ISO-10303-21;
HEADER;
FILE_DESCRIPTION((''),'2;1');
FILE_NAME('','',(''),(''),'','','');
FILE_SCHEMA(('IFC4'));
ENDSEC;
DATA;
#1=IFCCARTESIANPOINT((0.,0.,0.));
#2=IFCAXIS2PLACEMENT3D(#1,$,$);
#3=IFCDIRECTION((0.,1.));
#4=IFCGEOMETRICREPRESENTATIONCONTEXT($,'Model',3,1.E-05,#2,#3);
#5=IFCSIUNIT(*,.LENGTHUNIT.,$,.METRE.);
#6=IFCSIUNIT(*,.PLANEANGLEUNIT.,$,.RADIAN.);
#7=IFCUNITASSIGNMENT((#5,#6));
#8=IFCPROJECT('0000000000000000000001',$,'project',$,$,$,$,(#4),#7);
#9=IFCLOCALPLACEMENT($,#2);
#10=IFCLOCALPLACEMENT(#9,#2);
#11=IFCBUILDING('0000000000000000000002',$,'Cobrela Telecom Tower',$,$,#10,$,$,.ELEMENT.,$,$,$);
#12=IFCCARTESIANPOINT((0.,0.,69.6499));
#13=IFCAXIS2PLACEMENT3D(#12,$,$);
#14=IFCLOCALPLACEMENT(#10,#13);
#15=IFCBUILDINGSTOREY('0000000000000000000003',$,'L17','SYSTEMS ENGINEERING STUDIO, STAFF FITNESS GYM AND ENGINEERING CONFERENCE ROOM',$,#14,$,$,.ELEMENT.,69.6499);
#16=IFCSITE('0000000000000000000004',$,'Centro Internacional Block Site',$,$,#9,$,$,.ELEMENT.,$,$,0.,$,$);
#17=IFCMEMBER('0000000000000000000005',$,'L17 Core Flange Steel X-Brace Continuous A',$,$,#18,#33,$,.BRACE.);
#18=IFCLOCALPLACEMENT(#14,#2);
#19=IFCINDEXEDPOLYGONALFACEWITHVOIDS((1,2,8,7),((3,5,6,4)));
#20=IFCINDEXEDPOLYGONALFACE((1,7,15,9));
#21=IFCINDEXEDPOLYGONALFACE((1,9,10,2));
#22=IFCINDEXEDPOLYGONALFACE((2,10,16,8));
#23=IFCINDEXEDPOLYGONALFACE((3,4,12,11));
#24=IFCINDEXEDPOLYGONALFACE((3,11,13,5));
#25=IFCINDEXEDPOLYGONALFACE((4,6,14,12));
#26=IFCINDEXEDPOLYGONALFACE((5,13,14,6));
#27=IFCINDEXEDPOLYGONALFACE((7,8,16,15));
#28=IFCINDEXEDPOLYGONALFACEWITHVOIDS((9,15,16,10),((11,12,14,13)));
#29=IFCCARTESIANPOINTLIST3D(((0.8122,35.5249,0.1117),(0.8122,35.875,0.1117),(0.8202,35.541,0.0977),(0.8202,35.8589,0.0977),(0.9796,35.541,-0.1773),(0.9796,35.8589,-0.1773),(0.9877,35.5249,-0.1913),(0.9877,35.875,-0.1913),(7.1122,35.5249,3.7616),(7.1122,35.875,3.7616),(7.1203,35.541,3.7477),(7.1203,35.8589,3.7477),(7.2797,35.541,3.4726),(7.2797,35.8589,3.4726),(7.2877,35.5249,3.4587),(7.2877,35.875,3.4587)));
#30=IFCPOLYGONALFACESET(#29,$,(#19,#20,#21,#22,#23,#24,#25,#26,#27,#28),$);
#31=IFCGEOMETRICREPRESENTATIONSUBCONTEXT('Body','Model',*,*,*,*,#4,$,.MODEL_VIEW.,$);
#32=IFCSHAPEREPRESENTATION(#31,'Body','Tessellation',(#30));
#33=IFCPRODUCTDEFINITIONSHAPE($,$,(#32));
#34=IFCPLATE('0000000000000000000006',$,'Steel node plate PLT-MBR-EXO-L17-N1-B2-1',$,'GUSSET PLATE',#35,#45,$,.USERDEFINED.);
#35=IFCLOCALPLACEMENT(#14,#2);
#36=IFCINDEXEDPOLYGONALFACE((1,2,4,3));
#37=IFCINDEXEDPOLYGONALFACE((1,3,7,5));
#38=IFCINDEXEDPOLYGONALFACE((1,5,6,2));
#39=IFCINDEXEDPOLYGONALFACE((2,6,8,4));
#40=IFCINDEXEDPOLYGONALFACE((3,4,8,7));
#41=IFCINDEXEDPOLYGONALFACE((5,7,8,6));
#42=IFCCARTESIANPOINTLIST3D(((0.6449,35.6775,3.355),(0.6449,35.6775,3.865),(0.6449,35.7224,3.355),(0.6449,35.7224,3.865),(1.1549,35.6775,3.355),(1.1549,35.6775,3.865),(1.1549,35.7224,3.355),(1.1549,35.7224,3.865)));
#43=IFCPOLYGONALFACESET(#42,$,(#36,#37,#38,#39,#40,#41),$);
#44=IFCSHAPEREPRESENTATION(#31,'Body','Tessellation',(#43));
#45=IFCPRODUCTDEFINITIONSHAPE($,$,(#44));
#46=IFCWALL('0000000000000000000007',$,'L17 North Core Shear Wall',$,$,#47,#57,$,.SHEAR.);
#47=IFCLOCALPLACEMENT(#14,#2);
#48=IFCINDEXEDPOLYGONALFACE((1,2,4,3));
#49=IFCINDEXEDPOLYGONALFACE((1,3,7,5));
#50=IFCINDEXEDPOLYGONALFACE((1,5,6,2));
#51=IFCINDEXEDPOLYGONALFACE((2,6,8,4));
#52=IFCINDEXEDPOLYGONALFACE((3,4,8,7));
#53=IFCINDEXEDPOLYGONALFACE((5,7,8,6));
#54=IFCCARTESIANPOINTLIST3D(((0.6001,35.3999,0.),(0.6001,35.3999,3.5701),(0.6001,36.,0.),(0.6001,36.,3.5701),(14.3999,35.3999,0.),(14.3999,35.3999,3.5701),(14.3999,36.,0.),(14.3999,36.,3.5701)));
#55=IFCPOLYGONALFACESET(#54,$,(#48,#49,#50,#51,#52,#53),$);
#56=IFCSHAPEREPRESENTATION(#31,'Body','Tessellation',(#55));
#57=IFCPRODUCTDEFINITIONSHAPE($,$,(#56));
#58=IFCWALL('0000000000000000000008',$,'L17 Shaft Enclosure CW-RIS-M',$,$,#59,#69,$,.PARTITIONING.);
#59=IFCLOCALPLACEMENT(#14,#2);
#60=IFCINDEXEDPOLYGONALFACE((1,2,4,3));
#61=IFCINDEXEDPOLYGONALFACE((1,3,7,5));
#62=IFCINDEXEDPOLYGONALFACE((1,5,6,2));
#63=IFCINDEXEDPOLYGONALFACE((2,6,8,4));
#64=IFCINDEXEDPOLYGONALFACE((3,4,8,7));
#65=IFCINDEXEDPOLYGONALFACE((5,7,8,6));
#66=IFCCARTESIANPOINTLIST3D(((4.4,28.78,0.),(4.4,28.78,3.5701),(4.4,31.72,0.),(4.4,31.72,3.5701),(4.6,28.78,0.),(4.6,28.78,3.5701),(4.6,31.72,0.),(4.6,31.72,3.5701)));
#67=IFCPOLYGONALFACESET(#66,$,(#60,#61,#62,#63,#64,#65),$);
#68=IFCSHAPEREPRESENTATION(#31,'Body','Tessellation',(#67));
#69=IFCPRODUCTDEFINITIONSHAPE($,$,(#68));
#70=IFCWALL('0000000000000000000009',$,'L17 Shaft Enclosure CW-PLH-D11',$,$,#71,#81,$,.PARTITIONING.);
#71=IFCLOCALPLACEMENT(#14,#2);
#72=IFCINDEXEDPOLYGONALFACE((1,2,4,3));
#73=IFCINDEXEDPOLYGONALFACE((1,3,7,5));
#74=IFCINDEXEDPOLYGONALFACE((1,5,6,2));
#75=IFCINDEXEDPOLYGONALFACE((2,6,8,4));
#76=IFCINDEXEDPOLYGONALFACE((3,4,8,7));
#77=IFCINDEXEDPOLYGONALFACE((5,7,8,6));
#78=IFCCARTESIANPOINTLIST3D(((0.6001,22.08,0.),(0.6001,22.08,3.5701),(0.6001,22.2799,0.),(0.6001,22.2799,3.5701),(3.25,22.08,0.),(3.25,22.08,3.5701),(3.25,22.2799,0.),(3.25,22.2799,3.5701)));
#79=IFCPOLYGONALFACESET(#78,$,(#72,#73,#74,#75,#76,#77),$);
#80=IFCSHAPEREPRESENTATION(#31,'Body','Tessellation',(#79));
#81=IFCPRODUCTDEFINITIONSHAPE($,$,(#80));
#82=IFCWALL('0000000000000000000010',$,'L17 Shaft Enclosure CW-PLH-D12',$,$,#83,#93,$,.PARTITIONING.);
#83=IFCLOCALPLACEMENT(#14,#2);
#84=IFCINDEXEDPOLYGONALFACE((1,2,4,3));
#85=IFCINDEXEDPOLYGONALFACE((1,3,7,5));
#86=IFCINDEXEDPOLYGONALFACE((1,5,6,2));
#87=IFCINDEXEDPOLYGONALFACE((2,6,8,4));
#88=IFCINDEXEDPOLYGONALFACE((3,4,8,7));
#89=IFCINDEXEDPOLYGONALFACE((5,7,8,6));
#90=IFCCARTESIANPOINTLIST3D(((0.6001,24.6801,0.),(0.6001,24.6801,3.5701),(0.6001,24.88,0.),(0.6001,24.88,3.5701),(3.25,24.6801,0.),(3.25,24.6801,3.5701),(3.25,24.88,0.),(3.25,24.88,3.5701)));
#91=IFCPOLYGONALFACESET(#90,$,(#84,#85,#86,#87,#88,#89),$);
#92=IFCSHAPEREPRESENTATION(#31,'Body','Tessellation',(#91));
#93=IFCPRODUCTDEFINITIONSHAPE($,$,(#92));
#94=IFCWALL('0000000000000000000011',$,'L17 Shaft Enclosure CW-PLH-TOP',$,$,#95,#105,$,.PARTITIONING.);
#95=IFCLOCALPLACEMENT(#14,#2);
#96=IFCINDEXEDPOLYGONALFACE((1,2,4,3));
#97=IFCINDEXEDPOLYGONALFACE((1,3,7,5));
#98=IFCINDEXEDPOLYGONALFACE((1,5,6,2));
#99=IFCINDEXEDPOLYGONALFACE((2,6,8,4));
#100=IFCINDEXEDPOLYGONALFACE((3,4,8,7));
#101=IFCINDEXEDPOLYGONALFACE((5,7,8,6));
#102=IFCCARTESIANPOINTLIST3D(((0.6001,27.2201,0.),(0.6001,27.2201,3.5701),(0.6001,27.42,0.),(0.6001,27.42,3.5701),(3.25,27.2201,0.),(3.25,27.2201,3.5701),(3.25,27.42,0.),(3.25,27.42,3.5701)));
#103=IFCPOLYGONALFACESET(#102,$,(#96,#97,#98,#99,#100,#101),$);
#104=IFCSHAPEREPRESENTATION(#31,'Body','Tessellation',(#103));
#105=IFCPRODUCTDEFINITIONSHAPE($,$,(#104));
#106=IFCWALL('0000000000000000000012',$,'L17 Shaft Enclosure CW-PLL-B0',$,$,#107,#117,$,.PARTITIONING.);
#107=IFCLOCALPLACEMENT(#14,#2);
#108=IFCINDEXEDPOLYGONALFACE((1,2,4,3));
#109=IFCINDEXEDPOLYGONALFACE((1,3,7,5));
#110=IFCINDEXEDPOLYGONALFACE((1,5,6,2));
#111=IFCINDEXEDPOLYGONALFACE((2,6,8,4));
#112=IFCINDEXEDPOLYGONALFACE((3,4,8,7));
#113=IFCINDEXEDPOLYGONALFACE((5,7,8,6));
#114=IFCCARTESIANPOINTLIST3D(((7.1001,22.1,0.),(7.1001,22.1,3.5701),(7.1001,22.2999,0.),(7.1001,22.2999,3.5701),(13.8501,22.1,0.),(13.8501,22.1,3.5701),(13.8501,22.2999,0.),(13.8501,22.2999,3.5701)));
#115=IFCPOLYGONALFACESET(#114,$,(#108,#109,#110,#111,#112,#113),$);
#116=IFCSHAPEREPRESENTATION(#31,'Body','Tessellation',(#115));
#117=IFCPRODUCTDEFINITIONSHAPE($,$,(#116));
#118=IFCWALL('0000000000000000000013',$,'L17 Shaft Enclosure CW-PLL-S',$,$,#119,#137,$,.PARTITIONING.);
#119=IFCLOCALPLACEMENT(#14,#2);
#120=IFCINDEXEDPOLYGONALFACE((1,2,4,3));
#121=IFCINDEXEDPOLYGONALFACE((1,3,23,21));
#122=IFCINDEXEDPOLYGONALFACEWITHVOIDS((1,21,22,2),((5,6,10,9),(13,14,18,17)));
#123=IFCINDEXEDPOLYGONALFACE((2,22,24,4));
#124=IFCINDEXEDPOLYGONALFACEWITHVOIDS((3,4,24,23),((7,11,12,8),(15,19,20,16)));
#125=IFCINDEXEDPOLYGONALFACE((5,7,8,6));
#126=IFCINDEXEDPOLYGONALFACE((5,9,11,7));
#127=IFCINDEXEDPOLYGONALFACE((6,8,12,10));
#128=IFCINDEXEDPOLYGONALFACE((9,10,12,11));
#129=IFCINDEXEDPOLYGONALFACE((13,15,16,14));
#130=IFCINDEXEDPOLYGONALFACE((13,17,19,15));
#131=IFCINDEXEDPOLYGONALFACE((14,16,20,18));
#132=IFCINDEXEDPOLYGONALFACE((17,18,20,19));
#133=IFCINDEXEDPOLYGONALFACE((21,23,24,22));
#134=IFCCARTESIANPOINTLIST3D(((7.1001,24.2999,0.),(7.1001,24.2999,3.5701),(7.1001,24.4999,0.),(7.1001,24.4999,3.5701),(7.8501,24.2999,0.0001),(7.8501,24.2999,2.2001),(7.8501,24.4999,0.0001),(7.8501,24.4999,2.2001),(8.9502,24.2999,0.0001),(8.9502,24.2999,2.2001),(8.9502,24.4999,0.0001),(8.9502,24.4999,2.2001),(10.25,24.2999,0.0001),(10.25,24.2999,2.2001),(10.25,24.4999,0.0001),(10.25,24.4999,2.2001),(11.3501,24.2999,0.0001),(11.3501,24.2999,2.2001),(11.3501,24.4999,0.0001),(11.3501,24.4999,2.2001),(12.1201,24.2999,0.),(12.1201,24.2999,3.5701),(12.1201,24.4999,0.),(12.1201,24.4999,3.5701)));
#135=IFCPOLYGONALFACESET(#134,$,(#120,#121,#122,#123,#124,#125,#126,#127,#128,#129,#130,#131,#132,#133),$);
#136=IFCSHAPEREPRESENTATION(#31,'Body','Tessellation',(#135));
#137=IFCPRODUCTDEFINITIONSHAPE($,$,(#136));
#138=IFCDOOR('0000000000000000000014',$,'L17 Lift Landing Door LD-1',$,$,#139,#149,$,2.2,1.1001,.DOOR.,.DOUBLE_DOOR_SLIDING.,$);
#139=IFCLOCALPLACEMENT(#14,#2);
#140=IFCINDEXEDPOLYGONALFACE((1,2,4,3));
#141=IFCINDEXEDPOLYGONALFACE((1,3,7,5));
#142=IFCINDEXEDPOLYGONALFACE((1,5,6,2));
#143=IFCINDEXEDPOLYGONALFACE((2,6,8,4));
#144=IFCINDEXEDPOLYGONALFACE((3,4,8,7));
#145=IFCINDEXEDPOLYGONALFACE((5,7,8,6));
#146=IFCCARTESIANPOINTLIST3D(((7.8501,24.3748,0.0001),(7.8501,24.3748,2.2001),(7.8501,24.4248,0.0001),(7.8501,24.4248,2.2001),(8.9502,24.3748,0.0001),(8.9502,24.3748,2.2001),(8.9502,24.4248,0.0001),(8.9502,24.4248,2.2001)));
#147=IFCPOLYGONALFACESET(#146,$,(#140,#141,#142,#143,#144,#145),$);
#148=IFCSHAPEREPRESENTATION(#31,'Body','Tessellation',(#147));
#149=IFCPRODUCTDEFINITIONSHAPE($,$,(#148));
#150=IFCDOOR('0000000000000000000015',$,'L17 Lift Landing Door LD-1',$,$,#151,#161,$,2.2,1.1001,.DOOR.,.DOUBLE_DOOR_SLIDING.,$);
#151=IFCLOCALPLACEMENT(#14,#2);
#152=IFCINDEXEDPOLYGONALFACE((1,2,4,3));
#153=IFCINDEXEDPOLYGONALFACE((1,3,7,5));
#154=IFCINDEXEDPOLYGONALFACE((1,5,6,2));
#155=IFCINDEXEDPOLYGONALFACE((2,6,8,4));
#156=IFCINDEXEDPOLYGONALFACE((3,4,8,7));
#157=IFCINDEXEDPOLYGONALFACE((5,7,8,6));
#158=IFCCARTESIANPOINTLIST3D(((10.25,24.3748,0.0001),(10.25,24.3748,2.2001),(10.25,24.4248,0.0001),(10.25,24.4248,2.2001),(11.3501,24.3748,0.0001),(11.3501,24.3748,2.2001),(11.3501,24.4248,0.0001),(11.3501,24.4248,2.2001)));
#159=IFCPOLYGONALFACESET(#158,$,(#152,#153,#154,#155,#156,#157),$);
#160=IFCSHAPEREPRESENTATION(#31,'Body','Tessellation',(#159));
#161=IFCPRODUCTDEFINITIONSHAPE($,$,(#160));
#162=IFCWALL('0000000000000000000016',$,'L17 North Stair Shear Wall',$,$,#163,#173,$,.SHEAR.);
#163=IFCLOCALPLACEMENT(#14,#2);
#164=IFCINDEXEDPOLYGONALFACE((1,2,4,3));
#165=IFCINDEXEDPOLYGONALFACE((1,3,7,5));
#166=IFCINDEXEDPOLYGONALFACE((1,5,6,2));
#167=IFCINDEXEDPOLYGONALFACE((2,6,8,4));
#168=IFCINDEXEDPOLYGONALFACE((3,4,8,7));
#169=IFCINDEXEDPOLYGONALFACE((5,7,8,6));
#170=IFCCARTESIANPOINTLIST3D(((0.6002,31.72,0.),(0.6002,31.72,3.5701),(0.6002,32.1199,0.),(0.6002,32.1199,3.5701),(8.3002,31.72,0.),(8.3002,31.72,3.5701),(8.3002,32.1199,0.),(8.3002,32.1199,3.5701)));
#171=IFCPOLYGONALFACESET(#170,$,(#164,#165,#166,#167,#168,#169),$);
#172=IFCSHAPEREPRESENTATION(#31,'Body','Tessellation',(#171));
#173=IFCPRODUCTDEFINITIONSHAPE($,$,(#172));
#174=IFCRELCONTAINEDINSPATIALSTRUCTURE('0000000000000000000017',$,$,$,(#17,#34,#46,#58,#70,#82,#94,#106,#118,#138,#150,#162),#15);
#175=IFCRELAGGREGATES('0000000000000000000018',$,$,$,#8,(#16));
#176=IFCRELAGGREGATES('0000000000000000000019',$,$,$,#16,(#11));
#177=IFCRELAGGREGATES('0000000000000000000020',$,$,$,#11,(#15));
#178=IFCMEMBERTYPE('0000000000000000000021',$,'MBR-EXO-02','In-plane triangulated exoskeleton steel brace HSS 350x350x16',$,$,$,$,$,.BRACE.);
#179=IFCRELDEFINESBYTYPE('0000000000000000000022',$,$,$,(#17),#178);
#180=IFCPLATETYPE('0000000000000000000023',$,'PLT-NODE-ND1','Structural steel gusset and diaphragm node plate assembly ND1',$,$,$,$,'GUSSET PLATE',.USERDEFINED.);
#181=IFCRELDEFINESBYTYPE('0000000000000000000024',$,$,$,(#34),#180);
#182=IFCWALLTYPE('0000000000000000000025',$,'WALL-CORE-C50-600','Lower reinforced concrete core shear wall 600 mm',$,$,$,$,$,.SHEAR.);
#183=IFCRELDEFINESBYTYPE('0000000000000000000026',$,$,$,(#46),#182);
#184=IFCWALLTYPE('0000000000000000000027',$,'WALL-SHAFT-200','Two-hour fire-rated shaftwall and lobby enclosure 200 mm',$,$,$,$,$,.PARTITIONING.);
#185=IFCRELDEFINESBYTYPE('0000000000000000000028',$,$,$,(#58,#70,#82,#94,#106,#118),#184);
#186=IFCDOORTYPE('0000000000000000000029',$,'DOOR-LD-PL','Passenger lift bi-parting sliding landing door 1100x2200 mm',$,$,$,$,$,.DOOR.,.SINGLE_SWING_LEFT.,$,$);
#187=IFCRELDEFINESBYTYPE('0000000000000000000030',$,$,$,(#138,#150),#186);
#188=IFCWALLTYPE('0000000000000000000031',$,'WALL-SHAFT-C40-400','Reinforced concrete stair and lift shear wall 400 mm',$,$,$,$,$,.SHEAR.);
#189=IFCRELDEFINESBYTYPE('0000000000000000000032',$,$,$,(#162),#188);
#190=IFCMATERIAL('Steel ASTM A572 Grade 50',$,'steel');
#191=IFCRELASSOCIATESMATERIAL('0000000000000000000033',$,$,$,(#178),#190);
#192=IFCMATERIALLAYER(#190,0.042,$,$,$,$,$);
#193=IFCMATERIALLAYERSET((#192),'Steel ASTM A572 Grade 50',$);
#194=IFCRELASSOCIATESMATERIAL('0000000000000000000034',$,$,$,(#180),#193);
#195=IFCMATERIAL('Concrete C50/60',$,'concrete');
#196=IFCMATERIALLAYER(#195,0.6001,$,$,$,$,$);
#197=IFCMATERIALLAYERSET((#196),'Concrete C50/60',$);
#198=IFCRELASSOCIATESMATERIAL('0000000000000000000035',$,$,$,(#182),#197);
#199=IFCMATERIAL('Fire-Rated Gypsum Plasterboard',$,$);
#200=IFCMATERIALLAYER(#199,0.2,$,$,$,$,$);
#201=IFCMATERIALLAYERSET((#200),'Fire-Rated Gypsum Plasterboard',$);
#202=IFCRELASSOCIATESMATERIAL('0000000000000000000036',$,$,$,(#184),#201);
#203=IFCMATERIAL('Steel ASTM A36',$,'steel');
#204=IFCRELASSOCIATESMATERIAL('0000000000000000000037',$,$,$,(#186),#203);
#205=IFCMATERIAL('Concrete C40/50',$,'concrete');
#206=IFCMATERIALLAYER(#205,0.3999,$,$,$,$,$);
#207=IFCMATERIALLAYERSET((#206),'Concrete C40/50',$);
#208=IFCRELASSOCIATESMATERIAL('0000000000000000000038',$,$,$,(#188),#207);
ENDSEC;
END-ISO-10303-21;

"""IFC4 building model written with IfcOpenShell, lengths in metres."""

from ifc_helpers import new_model, si_unit, direction, frame, frame_2d, origin, origin_2d, place, context, subcontext, project, spatial, rectangle, hollow_rectangle, extrude, material, layer, layer_set, material_profile, profile_set, type_object, element, fill, save


model = new_model("IFC4")

# Units and contexts
model_context = context("Model", 3, precision=1e-05, world=origin(), true_north=direction((0.0, 1.0)))
body_context = subcontext(model_context, "Body", "Model", "MODEL_VIEW")
ifc_project = project(units=[si_unit("LENGTHUNIT", "METRE"), si_unit("PLANEANGLEUNIT", "RADIAN")], contexts=[model_context])

# Site, building, storey
site_placement = place(None, origin())
site = spatial("IfcSite", under=ifc_project, at=site_placement, Name="Centro Internacional Block Site", CompositionType="ELEMENT", RefElevation=0.0)
building_placement = place(site_placement, origin())
building = spatial("IfcBuilding", under=site, at=building_placement, Name="Cobrela Telecom Tower", CompositionType="ELEMENT")
storey_placement = place(building_placement, frame((0.0, 0.0, 69.6499)))
storey = spatial("IfcBuildingStorey", under=building, at=storey_placement, Name="L17", Description="SYSTEMS ENGINEERING STUDIO, STAFF FITNESS GYM AND ENGINEERING CONFERENCE ROOM", CompositionType="ELEMENT", Elevation=69.6499)

# Member
ifc_material_1 = material(Name="Steel ASTM A572 Grade 50", Category="steel")
ifc_material_profile = material_profile(ifc_material_1, hollow_rectangle(XDim=0.3501, YDim=0.3501, WallThickness=0.0161, at=origin_2d()), Name="HSS 350x350x16")
ifc_profile_set = profile_set([ifc_material_profile], Name="Steel ASTM A572 Grade 50")
member_type = type_object("IfcMemberType", Name="MBR-EXO-02", Description="In-plane triangulated exoskeleton steel brace HSS 350x350x16", PredefinedType="BRACE", material=ifc_profile_set)
member_placement = place(storey_placement, frame((0.8999, 35.7, -0.0398), z_axis=(0.865277, 0.0, 0.501294), x_axis=(0.0, 1.0, 0.0)))
element("IfcMember", 1, at=member_placement, inside=storey, type_object=member_type, Name="L17 Core Flange Steel X-Brace Continuous A", PredefinedType="BRACE", context=body_context, shape_type="SweptSolid", body=[
    extrude(hollow_rectangle(XDim=0.3501, YDim=0.3501, WallThickness=0.0161, at=origin_2d()), origin(), (0.0, 0.0, 1.0), 7.281),
])

# Plate
ifc_layer_1 = layer(ifc_material_1, 0.042)
ifc_layer_set_1 = layer_set([ifc_layer_1], Name="Steel ASTM A572 Grade 50")
plate_type = type_object("IfcPlateType", Name="PLT-NODE-ND1", Description="Structural steel gusset and diaphragm node plate assembly ND1", ElementType="GUSSET PLATE", PredefinedType="USERDEFINED", material=ifc_layer_set_1)
plate_placement = place(storey_placement, frame((0.8999, 35.7, 3.355), z_axis=(0.0, 0.0, 1.0), x_axis=(-1.0, 0.0, 0.0)))
element("IfcPlate", 2, at=plate_placement, inside=storey, type_object=plate_type, Name="Steel node plate PLT-MBR-EXO-L17-N1-B2-1", ObjectType="GUSSET PLATE", PredefinedType="USERDEFINED", context=body_context, shape_type="SweptSolid", body=[
    extrude(rectangle(XDim=0.51, YDim=0.0449, at=origin_2d()), origin(), (0.0, 0.0, 1.0), 0.51),
])

# Wall
ifc_material_2 = material(Name="Concrete C50/60", Category="concrete")
ifc_layer_2 = layer(ifc_material_2, 0.6001)
ifc_layer_set_2 = layer_set([ifc_layer_2], Name="Concrete C50/60")
wall_type_1 = type_object("IfcWallType", Name="WALL-CORE-C50-600", Description="Lower reinforced concrete core shear wall 600 mm", PredefinedType="SHEAR", material=ifc_layer_set_2)
wall_1_placement = place(storey_placement, frame((0.6001, 35.7, 0.0), z_axis=(0.0, 0.0, 1.0), x_axis=(1.0, 0.0, 0.0)))
element("IfcWall", 3, at=wall_1_placement, inside=storey, type_object=wall_type_1, Name="L17 North Core Shear Wall", PredefinedType="SHEAR", context=body_context, shape_type="SweptSolid", body=[
    extrude(rectangle(XDim=13.7998, YDim=0.6001, at=frame_2d((6.8999, 0.0))), origin(), (0.0, 0.0, 1.0), 3.5701),
])

# Shared definitions
ifc_material_3 = material(Name="Fire-Rated Gypsum Plasterboard")
ifc_layer_3 = layer(ifc_material_3, 0.2)
ifc_layer_set_3 = layer_set([ifc_layer_3], Name="Fire-Rated Gypsum Plasterboard")
wall_type_2 = type_object("IfcWallType", Name="WALL-SHAFT-200", Description="Two-hour fire-rated shaftwall and lobby enclosure 200 mm", PredefinedType="PARTITIONING", material=ifc_layer_set_3)
ifc_material_4 = material(Name="Steel ASTM A36", Category="steel")

# Walls
wall_2_placement = place(storey_placement, frame((4.5, 28.78, 0.0), z_axis=(0.0, 0.0, 1.0), x_axis=(0.0, 1.0, 0.0)))
element("IfcWall", 4, at=wall_2_placement, inside=storey, type_object=wall_type_2, Name="L17 Shaft Enclosure CW-RIS-M", PredefinedType="PARTITIONING", context=body_context, shape_type="SweptSolid", body=[
    extrude(rectangle(XDim=2.9399, YDim=0.2, at=frame_2d((1.47, 0.0))), origin(), (0.0, 0.0, 1.0), 3.5701),
])
for number, where, z_axis, x_axis, name in (
    (5, (0.6001, 22.1799, 0.0), (0.0, 0.0, 1.0), (1.0, 0.0, 0.0), "L17 Shaft Enclosure CW-PLH-D11"),
    (6, (0.6001, 24.78, 0.0), (0.0, 0.0, 1.0), (1.0, 0.0, 0.0), "L17 Shaft Enclosure CW-PLH-D12"),
    (7, (0.6001, 27.3201, 0.0), (0.0, 0.0, 1.0), (1.0, 0.0, 0.0), "L17 Shaft Enclosure CW-PLH-TOP"),
):
    element("IfcWall", number, at=place(storey_placement, frame(where, z_axis=z_axis, x_axis=x_axis)), inside=storey, type_object=wall_type_2, Name=name, PredefinedType="PARTITIONING", context=body_context, shape_type="SweptSolid", body=[
        extrude(rectangle(XDim=2.6499, YDim=0.2, at=frame_2d((1.325, 0.0))), origin(), (0.0, 0.0, 1.0), 3.5701),
    ])
wall_3_placement = place(storey_placement, frame((7.1001, 22.2, 0.0), z_axis=(0.0, 0.0, 1.0), x_axis=(1.0, 0.0, 0.0)))
element("IfcWall", 8, at=wall_3_placement, inside=storey, type_object=wall_type_2, Name="L17 Shaft Enclosure CW-PLL-B0", PredefinedType="PARTITIONING", context=body_context, shape_type="SweptSolid", body=[
    extrude(rectangle(XDim=6.75, YDim=0.2, at=frame_2d((3.375, 0.0))), origin(), (0.0, 0.0, 1.0), 3.5701),
])

# Wall, openings, doors
wall_4_placement = place(storey_placement, frame((7.1001, 24.3999, 0.0), z_axis=(0.0, 0.0, 1.0), x_axis=(1.0, 0.0, 0.0)))
wall_4 = element("IfcWall", 9, at=wall_4_placement, inside=storey, type_object=wall_type_2, Name="L17 Shaft Enclosure CW-PLL-S", PredefinedType="PARTITIONING", context=body_context, shape_type="SweptSolid", body=[
    extrude(rectangle(XDim=5.02, YDim=0.2, at=frame_2d((2.51, 0.0))), origin(), (0.0, 0.0, 1.0), 3.5701),
])
opening_1_placement = place(wall_4_placement, frame((0.75, 0.0, 0.0)))
opening_1 = element("IfcOpeningElement", 10, at=opening_1_placement, cuts=wall_4, PredefinedType="OPENING", context=body_context, shape_type="SweptSolid", body=[
    extrude(rectangle(XDim=1.1001, YDim=2.2, at=frame_2d((0.55, 1.1001))), frame((0.0, 0.1118, 0.0), z_axis=(0.0, -1.0, 0.0), x_axis=(1.0, 0.0, 0.0)), (0.0, 0.0, 1.0), 0.2239),
])
opening_2_placement = place(wall_4_placement, frame((3.1499, 0.0, 0.0)))
opening_2 = element("IfcOpeningElement", 11, at=opening_2_placement, cuts=wall_4, PredefinedType="OPENING", context=body_context, shape_type="SweptSolid", body=[
    extrude(rectangle(XDim=1.1001, YDim=2.2, at=frame_2d((0.55, 1.1001))), frame((0.0, 0.1118, 0.0), z_axis=(0.0, -1.0, 0.0), x_axis=(1.0, 0.0, 0.0)), (0.0, 0.0, 1.0), 0.2239),
])
door_type_1 = type_object("IfcDoorType", Name="DOOR-LD-PL", Description="Passenger lift bi-parting sliding landing door 1100x2200 mm", OperationType="SINGLE_SWING_LEFT", PredefinedType="DOOR", material=ifc_material_4)
door_1_placement = place(opening_1_placement, origin())
door_1 = element("IfcDoor", 12, at=door_1_placement, inside=storey, type_object=door_type_1, Name="L17 Lift Landing Door LD-1", OperationType="DOUBLE_DOOR_SLIDING", OverallHeight=2.2, OverallWidth=1.1001, PredefinedType="DOOR", context=body_context, shape_type="SweptSolid", body=[
    extrude(rectangle(XDim=1.1001, YDim=2.2, at=frame_2d((0.55, 1.1001))), frame((0.0, 0.0249, 0.0), z_axis=(0.0, -1.0, 0.0), x_axis=(1.0, 0.0, 0.0)), (0.0, 0.0, 1.0), 0.05),
])
fill(opening_1, door_1)
door_2_placement = place(opening_2_placement, origin())
door_2 = element("IfcDoor", 13, at=door_2_placement, inside=storey, type_object=door_type_1, Name="L17 Lift Landing Door LD-1", OperationType="DOUBLE_DOOR_SLIDING", OverallHeight=2.2, OverallWidth=1.1001, PredefinedType="DOOR", context=body_context, shape_type="SweptSolid", body=[
    extrude(rectangle(XDim=1.1001, YDim=2.2, at=frame_2d((0.55, 1.1001))), frame((0.0, 0.0249, 0.0), z_axis=(0.0, -1.0, 0.0), x_axis=(1.0, 0.0, 0.0)), (0.0, 0.0, 1.0), 0.05),
])
fill(opening_2, door_2)

# Wall
ifc_material_5 = material(Name="Concrete C40/50", Category="concrete")
ifc_layer_4 = layer(ifc_material_5, 0.3999)
ifc_layer_set_4 = layer_set([ifc_layer_4], Name="Concrete C40/50")
wall_type_3 = type_object("IfcWallType", Name="WALL-SHAFT-C40-400", Description="Reinforced concrete stair and lift shear wall 400 mm", PredefinedType="SHEAR", material=ifc_layer_set_4)
wall_5_placement = place(storey_placement, frame((0.6001, 31.9199, 0.0), z_axis=(0.0, 0.0, 1.0), x_axis=(1.0, 0.0, 0.0)))
element("IfcWall", 14, at=wall_5_placement, inside=storey, type_object=wall_type_3, Name="L17 North Stair Shear Wall", PredefinedType="SHEAR", context=body_context, shape_type="SweptSolid", body=[
    extrude(rectangle(XDim=7.7, YDim=0.3999, at=frame_2d((3.8501, 0.0))), origin(), (0.0, 0.0, 1.0), 3.5701),
])

save(model, "model.ifc")
